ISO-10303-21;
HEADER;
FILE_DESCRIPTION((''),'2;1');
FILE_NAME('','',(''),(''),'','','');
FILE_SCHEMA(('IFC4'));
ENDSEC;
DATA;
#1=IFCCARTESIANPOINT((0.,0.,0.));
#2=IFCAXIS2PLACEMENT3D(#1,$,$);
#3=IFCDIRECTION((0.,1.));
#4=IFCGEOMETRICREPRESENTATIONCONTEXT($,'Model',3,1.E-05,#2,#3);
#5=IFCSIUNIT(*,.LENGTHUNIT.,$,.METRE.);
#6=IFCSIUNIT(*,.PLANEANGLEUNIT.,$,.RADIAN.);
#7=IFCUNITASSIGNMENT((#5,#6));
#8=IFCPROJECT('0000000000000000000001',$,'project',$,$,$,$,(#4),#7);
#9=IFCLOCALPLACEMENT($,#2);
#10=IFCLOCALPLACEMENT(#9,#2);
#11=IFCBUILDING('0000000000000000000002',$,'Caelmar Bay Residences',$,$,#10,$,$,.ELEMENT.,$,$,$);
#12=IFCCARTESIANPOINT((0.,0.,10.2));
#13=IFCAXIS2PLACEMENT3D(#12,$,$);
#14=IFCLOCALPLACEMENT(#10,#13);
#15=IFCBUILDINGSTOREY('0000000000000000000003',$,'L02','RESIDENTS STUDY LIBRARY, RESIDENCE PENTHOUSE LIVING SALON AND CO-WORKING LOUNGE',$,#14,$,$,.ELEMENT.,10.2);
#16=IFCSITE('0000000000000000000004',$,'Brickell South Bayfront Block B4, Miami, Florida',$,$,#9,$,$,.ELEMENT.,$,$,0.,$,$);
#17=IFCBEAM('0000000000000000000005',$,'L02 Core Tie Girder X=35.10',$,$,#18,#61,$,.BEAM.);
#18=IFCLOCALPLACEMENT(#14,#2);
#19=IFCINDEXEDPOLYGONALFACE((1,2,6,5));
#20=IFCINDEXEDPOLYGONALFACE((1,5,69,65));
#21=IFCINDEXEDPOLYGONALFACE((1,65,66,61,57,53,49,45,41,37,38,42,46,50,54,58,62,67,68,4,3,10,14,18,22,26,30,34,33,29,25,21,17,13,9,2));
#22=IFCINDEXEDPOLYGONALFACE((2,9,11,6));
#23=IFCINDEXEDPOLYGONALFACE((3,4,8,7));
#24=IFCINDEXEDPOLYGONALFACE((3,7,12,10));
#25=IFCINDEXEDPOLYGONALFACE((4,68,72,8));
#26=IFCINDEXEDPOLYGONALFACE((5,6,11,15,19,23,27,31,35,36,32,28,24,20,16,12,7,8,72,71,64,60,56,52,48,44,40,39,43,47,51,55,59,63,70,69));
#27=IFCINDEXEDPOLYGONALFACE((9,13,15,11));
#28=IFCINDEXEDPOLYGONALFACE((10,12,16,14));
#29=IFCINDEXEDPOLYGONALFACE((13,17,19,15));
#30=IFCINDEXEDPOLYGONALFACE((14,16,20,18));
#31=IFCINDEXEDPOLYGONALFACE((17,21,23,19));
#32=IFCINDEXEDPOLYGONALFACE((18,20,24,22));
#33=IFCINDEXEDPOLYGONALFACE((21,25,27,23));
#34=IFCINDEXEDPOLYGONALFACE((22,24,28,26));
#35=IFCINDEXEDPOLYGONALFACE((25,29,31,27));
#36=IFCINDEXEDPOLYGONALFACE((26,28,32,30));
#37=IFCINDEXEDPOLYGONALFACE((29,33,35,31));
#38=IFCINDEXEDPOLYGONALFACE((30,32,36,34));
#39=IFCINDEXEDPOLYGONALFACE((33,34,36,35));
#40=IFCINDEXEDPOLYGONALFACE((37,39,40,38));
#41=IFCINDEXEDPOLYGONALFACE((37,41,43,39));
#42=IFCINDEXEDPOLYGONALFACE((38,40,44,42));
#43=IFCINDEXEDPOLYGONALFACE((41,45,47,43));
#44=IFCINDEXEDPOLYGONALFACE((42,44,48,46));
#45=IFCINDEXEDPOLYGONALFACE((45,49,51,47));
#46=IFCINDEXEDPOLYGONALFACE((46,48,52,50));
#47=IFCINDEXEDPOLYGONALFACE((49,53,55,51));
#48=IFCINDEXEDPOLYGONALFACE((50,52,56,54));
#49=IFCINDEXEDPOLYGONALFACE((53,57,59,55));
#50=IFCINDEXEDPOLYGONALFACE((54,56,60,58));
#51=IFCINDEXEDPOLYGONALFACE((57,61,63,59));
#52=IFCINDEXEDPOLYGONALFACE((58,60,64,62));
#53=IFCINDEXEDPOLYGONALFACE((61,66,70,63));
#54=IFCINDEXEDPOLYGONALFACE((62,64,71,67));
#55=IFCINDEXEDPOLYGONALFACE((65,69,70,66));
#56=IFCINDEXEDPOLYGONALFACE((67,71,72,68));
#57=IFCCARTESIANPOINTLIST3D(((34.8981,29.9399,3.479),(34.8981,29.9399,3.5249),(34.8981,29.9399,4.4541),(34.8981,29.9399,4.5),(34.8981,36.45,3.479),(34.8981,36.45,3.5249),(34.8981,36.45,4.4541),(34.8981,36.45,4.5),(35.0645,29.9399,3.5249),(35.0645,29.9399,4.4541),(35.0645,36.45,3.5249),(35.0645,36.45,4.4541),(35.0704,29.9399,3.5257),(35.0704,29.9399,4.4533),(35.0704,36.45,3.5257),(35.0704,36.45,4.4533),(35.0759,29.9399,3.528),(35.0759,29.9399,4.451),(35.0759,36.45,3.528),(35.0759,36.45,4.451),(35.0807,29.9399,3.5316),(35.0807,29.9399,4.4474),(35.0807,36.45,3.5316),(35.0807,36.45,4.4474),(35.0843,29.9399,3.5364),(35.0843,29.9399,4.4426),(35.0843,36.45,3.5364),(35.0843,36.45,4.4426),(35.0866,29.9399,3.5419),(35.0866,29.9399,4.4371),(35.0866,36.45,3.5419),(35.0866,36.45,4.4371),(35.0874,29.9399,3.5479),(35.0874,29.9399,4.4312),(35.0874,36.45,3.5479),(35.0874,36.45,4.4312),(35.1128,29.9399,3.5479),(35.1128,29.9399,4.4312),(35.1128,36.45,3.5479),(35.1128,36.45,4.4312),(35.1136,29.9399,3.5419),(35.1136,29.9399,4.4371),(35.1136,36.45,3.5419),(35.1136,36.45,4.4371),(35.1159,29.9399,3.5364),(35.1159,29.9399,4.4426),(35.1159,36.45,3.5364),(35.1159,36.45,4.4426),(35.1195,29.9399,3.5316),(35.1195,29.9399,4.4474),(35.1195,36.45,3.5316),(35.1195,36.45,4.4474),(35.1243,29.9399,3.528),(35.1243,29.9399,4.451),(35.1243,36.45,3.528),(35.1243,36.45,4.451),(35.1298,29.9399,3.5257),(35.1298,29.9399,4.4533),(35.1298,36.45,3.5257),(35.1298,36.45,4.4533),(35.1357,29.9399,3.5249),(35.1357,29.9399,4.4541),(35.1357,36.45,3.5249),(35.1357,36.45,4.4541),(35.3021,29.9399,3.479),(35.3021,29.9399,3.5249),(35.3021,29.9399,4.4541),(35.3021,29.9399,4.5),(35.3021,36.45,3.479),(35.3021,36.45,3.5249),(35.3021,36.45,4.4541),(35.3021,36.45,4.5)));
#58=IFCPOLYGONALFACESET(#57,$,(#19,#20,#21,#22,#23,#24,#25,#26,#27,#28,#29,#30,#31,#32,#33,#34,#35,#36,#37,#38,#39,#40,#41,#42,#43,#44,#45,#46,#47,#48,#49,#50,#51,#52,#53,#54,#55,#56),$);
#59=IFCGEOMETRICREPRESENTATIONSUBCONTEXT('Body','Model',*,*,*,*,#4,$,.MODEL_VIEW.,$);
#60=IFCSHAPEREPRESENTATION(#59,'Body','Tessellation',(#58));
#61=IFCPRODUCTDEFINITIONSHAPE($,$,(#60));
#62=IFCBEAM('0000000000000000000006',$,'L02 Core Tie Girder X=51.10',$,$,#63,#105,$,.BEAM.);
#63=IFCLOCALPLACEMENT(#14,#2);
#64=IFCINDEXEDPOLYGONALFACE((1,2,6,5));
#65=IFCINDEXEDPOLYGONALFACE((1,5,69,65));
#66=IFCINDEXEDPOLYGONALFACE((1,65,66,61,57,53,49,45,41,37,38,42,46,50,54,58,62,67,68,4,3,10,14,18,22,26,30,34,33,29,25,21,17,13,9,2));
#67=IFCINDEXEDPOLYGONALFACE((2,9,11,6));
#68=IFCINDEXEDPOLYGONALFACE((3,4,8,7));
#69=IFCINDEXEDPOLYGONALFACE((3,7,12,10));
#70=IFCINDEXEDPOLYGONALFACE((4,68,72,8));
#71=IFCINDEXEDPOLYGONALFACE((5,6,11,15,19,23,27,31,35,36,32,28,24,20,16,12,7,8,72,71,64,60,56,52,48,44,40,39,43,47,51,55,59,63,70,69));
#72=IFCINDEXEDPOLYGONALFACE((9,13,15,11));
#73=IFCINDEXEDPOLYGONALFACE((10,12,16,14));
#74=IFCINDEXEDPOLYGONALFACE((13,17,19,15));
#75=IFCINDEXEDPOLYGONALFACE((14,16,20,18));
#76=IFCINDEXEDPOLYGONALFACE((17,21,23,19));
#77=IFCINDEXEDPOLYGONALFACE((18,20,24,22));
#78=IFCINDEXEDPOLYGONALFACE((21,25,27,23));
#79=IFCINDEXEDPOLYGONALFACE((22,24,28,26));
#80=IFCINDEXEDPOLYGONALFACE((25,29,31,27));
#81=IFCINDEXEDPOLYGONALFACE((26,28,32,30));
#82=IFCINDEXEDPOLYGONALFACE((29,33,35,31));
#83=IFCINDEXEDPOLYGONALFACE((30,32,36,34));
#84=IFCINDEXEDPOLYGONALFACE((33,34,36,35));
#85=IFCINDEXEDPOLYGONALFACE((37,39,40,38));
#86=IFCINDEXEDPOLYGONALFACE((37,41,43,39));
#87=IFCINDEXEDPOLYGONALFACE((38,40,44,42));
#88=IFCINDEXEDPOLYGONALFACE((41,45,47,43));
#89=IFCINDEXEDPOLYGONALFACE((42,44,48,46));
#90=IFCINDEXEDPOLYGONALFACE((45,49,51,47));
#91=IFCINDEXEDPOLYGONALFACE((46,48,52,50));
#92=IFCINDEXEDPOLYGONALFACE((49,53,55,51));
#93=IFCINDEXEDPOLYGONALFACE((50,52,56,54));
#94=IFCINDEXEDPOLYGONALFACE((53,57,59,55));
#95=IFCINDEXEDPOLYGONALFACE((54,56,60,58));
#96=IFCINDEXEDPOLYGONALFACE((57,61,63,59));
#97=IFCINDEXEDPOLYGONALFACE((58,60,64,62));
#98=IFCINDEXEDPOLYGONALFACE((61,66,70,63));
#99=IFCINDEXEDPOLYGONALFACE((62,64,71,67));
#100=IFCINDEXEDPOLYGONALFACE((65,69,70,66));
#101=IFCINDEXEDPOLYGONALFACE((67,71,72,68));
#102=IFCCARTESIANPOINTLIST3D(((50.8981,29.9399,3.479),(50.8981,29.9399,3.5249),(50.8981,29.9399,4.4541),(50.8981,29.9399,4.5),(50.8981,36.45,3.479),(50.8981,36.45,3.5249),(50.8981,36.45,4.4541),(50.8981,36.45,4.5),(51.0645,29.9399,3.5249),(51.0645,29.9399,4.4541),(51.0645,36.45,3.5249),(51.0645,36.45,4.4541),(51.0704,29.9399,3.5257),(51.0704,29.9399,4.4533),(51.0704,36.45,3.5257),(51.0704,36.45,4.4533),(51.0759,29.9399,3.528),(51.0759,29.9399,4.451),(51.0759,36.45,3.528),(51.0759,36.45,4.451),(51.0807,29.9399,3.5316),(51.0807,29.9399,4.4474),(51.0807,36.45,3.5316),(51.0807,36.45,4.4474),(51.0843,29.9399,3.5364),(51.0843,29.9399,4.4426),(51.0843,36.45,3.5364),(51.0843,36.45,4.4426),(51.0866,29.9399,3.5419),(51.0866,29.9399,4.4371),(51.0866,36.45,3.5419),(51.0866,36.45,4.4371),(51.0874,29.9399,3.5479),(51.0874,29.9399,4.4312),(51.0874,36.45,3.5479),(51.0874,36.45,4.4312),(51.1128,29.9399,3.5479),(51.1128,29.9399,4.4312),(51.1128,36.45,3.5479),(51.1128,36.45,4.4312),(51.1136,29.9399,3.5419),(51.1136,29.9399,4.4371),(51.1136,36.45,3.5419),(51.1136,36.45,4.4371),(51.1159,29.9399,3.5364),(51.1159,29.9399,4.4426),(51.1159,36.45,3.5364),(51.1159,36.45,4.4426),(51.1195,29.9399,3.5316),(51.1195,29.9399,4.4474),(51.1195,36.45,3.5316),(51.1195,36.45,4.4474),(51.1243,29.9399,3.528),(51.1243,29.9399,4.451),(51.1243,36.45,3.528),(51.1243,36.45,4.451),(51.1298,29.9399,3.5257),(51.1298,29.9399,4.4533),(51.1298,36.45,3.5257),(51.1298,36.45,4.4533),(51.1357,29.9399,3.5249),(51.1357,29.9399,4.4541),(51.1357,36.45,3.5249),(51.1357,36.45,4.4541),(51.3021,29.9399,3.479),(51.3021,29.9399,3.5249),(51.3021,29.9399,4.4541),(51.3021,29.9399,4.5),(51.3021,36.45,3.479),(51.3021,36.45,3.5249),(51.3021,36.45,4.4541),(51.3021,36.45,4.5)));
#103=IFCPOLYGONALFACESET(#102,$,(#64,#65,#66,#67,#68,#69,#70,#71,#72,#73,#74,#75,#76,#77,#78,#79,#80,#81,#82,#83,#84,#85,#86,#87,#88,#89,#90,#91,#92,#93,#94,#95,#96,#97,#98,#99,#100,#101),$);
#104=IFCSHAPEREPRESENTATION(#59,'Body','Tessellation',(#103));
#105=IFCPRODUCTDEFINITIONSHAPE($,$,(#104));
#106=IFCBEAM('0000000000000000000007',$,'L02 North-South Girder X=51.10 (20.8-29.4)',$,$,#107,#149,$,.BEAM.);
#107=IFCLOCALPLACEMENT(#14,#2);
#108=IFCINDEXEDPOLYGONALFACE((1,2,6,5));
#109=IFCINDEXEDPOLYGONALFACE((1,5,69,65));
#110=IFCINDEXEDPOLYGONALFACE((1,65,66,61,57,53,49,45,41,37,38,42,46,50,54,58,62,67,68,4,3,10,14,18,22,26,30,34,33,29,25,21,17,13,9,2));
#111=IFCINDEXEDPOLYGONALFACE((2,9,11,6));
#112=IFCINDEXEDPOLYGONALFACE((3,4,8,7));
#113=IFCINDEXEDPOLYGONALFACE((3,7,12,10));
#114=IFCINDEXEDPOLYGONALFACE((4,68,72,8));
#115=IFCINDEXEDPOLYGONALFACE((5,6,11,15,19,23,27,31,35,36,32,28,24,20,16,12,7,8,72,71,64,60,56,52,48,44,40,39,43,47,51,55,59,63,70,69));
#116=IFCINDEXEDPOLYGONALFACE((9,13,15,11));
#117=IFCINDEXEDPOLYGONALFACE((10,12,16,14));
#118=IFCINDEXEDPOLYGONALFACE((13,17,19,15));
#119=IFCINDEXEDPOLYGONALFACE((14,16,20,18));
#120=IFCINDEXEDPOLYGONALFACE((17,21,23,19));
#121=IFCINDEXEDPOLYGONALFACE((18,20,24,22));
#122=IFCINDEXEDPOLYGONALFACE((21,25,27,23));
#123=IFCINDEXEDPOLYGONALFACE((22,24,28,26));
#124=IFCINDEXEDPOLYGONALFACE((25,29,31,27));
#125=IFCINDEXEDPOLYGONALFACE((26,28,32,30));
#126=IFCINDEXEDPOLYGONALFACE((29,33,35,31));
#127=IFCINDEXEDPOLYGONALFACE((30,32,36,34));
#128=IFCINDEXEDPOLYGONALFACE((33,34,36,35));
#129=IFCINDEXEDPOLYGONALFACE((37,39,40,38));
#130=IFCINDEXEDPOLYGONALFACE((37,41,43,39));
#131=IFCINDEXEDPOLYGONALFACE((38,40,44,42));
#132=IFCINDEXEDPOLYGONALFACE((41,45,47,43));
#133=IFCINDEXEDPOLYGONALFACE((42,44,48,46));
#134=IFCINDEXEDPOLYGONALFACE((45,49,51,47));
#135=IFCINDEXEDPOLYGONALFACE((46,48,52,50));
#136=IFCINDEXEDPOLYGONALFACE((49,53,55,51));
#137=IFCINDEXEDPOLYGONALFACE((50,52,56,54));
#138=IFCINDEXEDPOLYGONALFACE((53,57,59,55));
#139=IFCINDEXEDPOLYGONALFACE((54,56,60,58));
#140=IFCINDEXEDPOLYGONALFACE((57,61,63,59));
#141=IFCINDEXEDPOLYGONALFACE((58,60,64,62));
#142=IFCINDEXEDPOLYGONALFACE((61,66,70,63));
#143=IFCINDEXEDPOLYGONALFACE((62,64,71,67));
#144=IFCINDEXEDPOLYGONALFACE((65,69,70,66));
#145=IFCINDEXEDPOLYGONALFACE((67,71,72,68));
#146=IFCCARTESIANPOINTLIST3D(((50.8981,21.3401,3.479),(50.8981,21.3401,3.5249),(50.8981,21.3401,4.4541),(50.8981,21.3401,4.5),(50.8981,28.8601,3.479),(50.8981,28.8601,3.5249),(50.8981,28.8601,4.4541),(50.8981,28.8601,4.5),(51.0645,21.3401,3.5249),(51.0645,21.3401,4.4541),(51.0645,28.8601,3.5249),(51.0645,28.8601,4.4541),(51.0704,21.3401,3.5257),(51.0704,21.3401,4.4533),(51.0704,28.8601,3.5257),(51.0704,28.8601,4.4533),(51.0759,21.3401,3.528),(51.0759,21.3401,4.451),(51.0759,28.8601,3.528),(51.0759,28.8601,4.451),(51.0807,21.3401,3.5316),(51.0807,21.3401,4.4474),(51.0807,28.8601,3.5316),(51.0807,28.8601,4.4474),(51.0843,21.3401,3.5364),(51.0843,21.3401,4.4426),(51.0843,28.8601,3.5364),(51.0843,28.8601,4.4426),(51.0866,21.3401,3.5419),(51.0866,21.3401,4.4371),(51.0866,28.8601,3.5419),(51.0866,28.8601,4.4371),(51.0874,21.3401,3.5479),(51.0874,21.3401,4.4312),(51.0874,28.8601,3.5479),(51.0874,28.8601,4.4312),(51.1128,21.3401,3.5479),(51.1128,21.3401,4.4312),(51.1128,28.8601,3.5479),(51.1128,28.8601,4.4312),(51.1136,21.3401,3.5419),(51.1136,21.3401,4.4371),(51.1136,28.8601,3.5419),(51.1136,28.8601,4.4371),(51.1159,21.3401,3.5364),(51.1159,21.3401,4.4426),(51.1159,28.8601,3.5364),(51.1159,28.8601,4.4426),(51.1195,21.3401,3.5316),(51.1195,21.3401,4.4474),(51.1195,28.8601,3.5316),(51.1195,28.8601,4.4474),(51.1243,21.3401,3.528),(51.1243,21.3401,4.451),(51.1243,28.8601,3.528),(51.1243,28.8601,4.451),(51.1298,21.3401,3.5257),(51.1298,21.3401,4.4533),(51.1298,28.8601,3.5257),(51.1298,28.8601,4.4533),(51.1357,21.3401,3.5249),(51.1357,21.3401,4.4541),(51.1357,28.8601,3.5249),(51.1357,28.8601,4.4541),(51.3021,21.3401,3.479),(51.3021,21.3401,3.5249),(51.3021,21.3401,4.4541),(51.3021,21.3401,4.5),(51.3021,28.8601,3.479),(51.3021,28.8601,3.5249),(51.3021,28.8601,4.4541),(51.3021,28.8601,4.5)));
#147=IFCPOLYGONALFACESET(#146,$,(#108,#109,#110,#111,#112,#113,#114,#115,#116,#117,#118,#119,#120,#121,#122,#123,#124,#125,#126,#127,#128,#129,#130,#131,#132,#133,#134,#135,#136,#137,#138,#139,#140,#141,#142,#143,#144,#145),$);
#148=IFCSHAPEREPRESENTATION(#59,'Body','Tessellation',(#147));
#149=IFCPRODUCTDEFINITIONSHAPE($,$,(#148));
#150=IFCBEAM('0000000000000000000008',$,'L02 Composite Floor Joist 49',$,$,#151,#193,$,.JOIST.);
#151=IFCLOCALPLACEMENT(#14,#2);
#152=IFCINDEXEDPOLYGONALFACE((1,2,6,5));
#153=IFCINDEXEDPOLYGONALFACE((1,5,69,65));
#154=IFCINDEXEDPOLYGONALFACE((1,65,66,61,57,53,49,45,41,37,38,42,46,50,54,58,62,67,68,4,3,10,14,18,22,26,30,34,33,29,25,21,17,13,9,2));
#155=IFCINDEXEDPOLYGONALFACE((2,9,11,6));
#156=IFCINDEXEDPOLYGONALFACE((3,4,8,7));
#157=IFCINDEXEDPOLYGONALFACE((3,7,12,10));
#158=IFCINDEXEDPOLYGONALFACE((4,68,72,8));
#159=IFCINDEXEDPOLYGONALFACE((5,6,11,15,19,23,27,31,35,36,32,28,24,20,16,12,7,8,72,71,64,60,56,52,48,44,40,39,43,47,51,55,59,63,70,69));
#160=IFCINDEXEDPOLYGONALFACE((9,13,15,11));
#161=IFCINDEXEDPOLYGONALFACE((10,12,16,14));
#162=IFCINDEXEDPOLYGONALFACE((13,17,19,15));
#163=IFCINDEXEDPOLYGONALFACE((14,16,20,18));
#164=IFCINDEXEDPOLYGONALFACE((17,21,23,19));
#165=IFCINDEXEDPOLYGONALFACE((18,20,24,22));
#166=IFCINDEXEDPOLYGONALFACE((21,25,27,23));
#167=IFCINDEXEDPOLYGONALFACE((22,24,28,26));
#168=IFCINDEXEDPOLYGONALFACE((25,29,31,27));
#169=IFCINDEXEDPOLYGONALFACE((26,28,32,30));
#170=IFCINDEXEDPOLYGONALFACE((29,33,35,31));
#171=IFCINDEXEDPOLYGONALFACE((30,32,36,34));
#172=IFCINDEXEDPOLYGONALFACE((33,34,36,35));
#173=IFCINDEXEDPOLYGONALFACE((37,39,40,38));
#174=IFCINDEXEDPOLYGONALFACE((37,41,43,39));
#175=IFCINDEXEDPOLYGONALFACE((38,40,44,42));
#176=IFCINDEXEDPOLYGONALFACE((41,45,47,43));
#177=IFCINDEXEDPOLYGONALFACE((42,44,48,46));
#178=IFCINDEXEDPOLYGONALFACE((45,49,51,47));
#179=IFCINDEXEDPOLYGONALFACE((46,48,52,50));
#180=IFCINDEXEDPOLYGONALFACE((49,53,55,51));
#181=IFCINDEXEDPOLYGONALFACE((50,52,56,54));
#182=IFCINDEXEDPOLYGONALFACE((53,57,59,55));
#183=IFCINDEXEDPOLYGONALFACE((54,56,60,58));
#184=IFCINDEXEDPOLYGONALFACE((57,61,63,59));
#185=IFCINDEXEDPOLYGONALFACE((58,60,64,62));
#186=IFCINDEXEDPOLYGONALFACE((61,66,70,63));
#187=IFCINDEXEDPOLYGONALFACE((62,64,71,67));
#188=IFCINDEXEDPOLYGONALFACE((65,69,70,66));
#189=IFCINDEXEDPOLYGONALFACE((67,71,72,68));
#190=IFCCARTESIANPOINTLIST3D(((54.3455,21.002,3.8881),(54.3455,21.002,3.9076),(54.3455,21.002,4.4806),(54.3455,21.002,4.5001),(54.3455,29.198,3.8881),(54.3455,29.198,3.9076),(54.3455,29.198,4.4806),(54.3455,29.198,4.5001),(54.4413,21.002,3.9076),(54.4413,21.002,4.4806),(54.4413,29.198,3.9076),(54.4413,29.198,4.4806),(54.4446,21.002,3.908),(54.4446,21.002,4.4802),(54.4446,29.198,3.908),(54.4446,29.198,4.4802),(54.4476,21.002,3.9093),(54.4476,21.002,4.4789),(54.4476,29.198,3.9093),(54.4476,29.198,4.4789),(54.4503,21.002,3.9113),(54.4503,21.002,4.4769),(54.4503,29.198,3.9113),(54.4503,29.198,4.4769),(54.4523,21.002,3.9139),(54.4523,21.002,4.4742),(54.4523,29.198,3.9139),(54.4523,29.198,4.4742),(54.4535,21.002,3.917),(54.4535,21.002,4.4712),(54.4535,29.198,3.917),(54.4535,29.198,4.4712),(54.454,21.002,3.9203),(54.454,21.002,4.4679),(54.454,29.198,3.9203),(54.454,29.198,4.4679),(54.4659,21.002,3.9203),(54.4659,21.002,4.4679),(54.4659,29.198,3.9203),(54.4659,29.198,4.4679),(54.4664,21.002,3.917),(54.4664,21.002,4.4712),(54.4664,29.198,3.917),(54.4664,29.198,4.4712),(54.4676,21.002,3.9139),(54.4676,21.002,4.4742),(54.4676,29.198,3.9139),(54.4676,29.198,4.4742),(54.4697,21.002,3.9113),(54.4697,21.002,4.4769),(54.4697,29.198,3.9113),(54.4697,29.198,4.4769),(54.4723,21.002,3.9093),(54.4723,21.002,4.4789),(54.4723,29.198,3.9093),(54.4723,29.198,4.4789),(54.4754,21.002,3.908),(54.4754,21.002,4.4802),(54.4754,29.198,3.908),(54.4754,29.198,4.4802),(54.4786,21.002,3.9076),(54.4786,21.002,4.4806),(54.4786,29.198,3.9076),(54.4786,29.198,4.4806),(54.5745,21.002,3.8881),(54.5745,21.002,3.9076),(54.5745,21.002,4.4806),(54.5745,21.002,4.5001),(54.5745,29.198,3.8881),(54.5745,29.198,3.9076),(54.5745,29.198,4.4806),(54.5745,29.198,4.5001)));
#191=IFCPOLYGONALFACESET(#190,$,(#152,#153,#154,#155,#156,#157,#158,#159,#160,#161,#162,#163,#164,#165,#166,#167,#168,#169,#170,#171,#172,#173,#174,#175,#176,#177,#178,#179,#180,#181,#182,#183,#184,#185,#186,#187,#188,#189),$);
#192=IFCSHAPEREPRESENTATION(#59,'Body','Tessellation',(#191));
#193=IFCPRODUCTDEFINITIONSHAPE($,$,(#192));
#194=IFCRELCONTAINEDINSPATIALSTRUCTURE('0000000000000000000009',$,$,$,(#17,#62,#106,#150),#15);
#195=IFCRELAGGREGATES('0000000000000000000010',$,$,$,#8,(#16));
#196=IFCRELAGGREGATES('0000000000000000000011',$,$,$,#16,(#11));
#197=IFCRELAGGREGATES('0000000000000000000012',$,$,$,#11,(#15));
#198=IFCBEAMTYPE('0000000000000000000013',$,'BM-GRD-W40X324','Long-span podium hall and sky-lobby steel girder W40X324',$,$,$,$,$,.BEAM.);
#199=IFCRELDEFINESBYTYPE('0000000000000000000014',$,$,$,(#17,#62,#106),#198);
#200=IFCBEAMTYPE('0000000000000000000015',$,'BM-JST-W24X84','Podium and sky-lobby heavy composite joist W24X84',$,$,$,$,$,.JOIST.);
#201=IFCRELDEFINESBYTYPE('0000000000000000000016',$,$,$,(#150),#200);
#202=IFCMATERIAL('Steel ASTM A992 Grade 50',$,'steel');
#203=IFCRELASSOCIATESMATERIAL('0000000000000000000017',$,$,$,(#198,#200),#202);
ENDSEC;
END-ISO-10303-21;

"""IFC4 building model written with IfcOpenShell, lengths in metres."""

from ifc_helpers import new_model, si_unit, direction, frame, origin, origin_2d, place, context, subcontext, project, spatial, i_section, extrude, material, material_profile, profile_set, type_object, element, save


model = new_model("IFC4")

# Units and contexts
model_context = context("Model", 3, precision=1e-05, world=origin(), true_north=direction((0.0, 1.0)))
body_context = subcontext(model_context, "Body", "Model", "MODEL_VIEW")
ifc_project = project(units=[si_unit("LENGTHUNIT", "METRE"), si_unit("PLANEANGLEUNIT", "RADIAN")], contexts=[model_context])

# Site, building, storey
site_placement = place(None, origin())
site = spatial("IfcSite", under=ifc_project, at=site_placement, Name="Brickell South Bayfront Block B4, Miami, Florida", CompositionType="ELEMENT", RefElevation=0.0)
building_placement = place(site_placement, origin())
building = spatial("IfcBuilding", under=site, at=building_placement, Name="Caelmar Bay Residences", CompositionType="ELEMENT")
storey_placement = place(building_placement, frame((0.0, 0.0, 10.2)))
storey = spatial("IfcBuildingStorey", under=building, at=storey_placement, Name="L02", Description="RESIDENTS STUDY LIBRARY, RESIDENCE PENTHOUSE LIVING SALON AND CO-WORKING LOUNGE", CompositionType="ELEMENT", Elevation=10.2)

# Beams
ifc_material_1 = material(Name="Steel ASTM A992 Grade 50", Category="steel")
ifc_material_profile_1 = material_profile(ifc_material_1, i_section(OverallWidth=0.4041, OverallDepth=1.021, WebThickness=0.0254, FlangeThickness=0.0459, FilletRadius=0.0229, at=origin_2d()), Name="W40X324")
ifc_profile_set_1 = profile_set([ifc_material_profile_1], Name="Steel ASTM A992 Grade 50")
beam_type_1 = type_object("IfcBeamType", Name="BM-GRD-W40X324", Description="Long-span podium hall and sky-lobby steel girder W40X324", PredefinedType="BEAM", material=ifc_profile_set_1)
for number, where, z_axis, x_axis, name in (
    (1, (35.1001, 29.9399, 3.9895), (0.0, 1.0, 0.0), (-1.0, 0.0, 0.0), "L02 Core Tie Girder X=35.10"),
    (2, (51.1001, 29.9399, 3.9895), (0.0, 1.0, 0.0), (-1.0, 0.0, 0.0), "L02 Core Tie Girder X=51.10"),
):
    element("IfcBeam", number, at=place(storey_placement, frame(where, z_axis=z_axis, x_axis=x_axis)), inside=storey, type_object=beam_type_1, Name=name, PredefinedType="BEAM", context=body_context, shape_type="SweptSolid", body=[
        extrude(i_section(OverallWidth=0.4041, OverallDepth=1.021, WebThickness=0.0254, FlangeThickness=0.0459, FilletRadius=0.0229, at=origin_2d()), origin(), (0.0, 0.0, 1.0), 6.51),
    ])
beam_1_placement = place(storey_placement, frame((51.1001, 21.3401, 3.9895), z_axis=(0.0, 1.0, 0.0), x_axis=(-1.0, 0.0, 0.0)))
element("IfcBeam", 3, at=beam_1_placement, inside=storey, type_object=beam_type_1, Name="L02 North-South Girder X=51.10 (20.8-29.4)", PredefinedType="BEAM", context=body_context, shape_type="SweptSolid", body=[
    extrude(i_section(OverallWidth=0.4041, OverallDepth=1.021, WebThickness=0.0254, FlangeThickness=0.0459, FilletRadius=0.0229, at=origin_2d()), origin(), (0.0, 0.0, 1.0), 7.52),
])
ifc_material_profile_2 = material_profile(ifc_material_1, i_section(OverallWidth=0.229, OverallDepth=0.6121, WebThickness=0.012, FlangeThickness=0.0195, FilletRadius=0.0127, at=origin_2d()), Name="W24X84")
ifc_profile_set_2 = profile_set([ifc_material_profile_2], Name="Steel ASTM A992 Grade 50")
beam_type_2 = type_object("IfcBeamType", Name="BM-JST-W24X84", Description="Podium and sky-lobby heavy composite joist W24X84", PredefinedType="JOIST", material=ifc_profile_set_2)
for number, where, z_axis, x_axis, name in (
    (4, (54.46, 21.002, 4.1941), (0.0, 1.0, 0.0), (-1.0, 0.0, 0.0), "L02 Composite Floor Joist 49"),
):
    element("IfcBeam", number, at=place(storey_placement, frame(where, z_axis=z_axis, x_axis=x_axis)), inside=storey, type_object=beam_type_2, Name=name, PredefinedType="JOIST", context=body_context, shape_type="SweptSolid", body=[
        extrude(i_section(OverallWidth=0.229, OverallDepth=0.6121, WebThickness=0.012, FlangeThickness=0.0195, FilletRadius=0.0127, at=origin_2d()), origin(), (0.0, 0.0, 1.0), 8.196),
    ])

save(model, "model.ifc")
